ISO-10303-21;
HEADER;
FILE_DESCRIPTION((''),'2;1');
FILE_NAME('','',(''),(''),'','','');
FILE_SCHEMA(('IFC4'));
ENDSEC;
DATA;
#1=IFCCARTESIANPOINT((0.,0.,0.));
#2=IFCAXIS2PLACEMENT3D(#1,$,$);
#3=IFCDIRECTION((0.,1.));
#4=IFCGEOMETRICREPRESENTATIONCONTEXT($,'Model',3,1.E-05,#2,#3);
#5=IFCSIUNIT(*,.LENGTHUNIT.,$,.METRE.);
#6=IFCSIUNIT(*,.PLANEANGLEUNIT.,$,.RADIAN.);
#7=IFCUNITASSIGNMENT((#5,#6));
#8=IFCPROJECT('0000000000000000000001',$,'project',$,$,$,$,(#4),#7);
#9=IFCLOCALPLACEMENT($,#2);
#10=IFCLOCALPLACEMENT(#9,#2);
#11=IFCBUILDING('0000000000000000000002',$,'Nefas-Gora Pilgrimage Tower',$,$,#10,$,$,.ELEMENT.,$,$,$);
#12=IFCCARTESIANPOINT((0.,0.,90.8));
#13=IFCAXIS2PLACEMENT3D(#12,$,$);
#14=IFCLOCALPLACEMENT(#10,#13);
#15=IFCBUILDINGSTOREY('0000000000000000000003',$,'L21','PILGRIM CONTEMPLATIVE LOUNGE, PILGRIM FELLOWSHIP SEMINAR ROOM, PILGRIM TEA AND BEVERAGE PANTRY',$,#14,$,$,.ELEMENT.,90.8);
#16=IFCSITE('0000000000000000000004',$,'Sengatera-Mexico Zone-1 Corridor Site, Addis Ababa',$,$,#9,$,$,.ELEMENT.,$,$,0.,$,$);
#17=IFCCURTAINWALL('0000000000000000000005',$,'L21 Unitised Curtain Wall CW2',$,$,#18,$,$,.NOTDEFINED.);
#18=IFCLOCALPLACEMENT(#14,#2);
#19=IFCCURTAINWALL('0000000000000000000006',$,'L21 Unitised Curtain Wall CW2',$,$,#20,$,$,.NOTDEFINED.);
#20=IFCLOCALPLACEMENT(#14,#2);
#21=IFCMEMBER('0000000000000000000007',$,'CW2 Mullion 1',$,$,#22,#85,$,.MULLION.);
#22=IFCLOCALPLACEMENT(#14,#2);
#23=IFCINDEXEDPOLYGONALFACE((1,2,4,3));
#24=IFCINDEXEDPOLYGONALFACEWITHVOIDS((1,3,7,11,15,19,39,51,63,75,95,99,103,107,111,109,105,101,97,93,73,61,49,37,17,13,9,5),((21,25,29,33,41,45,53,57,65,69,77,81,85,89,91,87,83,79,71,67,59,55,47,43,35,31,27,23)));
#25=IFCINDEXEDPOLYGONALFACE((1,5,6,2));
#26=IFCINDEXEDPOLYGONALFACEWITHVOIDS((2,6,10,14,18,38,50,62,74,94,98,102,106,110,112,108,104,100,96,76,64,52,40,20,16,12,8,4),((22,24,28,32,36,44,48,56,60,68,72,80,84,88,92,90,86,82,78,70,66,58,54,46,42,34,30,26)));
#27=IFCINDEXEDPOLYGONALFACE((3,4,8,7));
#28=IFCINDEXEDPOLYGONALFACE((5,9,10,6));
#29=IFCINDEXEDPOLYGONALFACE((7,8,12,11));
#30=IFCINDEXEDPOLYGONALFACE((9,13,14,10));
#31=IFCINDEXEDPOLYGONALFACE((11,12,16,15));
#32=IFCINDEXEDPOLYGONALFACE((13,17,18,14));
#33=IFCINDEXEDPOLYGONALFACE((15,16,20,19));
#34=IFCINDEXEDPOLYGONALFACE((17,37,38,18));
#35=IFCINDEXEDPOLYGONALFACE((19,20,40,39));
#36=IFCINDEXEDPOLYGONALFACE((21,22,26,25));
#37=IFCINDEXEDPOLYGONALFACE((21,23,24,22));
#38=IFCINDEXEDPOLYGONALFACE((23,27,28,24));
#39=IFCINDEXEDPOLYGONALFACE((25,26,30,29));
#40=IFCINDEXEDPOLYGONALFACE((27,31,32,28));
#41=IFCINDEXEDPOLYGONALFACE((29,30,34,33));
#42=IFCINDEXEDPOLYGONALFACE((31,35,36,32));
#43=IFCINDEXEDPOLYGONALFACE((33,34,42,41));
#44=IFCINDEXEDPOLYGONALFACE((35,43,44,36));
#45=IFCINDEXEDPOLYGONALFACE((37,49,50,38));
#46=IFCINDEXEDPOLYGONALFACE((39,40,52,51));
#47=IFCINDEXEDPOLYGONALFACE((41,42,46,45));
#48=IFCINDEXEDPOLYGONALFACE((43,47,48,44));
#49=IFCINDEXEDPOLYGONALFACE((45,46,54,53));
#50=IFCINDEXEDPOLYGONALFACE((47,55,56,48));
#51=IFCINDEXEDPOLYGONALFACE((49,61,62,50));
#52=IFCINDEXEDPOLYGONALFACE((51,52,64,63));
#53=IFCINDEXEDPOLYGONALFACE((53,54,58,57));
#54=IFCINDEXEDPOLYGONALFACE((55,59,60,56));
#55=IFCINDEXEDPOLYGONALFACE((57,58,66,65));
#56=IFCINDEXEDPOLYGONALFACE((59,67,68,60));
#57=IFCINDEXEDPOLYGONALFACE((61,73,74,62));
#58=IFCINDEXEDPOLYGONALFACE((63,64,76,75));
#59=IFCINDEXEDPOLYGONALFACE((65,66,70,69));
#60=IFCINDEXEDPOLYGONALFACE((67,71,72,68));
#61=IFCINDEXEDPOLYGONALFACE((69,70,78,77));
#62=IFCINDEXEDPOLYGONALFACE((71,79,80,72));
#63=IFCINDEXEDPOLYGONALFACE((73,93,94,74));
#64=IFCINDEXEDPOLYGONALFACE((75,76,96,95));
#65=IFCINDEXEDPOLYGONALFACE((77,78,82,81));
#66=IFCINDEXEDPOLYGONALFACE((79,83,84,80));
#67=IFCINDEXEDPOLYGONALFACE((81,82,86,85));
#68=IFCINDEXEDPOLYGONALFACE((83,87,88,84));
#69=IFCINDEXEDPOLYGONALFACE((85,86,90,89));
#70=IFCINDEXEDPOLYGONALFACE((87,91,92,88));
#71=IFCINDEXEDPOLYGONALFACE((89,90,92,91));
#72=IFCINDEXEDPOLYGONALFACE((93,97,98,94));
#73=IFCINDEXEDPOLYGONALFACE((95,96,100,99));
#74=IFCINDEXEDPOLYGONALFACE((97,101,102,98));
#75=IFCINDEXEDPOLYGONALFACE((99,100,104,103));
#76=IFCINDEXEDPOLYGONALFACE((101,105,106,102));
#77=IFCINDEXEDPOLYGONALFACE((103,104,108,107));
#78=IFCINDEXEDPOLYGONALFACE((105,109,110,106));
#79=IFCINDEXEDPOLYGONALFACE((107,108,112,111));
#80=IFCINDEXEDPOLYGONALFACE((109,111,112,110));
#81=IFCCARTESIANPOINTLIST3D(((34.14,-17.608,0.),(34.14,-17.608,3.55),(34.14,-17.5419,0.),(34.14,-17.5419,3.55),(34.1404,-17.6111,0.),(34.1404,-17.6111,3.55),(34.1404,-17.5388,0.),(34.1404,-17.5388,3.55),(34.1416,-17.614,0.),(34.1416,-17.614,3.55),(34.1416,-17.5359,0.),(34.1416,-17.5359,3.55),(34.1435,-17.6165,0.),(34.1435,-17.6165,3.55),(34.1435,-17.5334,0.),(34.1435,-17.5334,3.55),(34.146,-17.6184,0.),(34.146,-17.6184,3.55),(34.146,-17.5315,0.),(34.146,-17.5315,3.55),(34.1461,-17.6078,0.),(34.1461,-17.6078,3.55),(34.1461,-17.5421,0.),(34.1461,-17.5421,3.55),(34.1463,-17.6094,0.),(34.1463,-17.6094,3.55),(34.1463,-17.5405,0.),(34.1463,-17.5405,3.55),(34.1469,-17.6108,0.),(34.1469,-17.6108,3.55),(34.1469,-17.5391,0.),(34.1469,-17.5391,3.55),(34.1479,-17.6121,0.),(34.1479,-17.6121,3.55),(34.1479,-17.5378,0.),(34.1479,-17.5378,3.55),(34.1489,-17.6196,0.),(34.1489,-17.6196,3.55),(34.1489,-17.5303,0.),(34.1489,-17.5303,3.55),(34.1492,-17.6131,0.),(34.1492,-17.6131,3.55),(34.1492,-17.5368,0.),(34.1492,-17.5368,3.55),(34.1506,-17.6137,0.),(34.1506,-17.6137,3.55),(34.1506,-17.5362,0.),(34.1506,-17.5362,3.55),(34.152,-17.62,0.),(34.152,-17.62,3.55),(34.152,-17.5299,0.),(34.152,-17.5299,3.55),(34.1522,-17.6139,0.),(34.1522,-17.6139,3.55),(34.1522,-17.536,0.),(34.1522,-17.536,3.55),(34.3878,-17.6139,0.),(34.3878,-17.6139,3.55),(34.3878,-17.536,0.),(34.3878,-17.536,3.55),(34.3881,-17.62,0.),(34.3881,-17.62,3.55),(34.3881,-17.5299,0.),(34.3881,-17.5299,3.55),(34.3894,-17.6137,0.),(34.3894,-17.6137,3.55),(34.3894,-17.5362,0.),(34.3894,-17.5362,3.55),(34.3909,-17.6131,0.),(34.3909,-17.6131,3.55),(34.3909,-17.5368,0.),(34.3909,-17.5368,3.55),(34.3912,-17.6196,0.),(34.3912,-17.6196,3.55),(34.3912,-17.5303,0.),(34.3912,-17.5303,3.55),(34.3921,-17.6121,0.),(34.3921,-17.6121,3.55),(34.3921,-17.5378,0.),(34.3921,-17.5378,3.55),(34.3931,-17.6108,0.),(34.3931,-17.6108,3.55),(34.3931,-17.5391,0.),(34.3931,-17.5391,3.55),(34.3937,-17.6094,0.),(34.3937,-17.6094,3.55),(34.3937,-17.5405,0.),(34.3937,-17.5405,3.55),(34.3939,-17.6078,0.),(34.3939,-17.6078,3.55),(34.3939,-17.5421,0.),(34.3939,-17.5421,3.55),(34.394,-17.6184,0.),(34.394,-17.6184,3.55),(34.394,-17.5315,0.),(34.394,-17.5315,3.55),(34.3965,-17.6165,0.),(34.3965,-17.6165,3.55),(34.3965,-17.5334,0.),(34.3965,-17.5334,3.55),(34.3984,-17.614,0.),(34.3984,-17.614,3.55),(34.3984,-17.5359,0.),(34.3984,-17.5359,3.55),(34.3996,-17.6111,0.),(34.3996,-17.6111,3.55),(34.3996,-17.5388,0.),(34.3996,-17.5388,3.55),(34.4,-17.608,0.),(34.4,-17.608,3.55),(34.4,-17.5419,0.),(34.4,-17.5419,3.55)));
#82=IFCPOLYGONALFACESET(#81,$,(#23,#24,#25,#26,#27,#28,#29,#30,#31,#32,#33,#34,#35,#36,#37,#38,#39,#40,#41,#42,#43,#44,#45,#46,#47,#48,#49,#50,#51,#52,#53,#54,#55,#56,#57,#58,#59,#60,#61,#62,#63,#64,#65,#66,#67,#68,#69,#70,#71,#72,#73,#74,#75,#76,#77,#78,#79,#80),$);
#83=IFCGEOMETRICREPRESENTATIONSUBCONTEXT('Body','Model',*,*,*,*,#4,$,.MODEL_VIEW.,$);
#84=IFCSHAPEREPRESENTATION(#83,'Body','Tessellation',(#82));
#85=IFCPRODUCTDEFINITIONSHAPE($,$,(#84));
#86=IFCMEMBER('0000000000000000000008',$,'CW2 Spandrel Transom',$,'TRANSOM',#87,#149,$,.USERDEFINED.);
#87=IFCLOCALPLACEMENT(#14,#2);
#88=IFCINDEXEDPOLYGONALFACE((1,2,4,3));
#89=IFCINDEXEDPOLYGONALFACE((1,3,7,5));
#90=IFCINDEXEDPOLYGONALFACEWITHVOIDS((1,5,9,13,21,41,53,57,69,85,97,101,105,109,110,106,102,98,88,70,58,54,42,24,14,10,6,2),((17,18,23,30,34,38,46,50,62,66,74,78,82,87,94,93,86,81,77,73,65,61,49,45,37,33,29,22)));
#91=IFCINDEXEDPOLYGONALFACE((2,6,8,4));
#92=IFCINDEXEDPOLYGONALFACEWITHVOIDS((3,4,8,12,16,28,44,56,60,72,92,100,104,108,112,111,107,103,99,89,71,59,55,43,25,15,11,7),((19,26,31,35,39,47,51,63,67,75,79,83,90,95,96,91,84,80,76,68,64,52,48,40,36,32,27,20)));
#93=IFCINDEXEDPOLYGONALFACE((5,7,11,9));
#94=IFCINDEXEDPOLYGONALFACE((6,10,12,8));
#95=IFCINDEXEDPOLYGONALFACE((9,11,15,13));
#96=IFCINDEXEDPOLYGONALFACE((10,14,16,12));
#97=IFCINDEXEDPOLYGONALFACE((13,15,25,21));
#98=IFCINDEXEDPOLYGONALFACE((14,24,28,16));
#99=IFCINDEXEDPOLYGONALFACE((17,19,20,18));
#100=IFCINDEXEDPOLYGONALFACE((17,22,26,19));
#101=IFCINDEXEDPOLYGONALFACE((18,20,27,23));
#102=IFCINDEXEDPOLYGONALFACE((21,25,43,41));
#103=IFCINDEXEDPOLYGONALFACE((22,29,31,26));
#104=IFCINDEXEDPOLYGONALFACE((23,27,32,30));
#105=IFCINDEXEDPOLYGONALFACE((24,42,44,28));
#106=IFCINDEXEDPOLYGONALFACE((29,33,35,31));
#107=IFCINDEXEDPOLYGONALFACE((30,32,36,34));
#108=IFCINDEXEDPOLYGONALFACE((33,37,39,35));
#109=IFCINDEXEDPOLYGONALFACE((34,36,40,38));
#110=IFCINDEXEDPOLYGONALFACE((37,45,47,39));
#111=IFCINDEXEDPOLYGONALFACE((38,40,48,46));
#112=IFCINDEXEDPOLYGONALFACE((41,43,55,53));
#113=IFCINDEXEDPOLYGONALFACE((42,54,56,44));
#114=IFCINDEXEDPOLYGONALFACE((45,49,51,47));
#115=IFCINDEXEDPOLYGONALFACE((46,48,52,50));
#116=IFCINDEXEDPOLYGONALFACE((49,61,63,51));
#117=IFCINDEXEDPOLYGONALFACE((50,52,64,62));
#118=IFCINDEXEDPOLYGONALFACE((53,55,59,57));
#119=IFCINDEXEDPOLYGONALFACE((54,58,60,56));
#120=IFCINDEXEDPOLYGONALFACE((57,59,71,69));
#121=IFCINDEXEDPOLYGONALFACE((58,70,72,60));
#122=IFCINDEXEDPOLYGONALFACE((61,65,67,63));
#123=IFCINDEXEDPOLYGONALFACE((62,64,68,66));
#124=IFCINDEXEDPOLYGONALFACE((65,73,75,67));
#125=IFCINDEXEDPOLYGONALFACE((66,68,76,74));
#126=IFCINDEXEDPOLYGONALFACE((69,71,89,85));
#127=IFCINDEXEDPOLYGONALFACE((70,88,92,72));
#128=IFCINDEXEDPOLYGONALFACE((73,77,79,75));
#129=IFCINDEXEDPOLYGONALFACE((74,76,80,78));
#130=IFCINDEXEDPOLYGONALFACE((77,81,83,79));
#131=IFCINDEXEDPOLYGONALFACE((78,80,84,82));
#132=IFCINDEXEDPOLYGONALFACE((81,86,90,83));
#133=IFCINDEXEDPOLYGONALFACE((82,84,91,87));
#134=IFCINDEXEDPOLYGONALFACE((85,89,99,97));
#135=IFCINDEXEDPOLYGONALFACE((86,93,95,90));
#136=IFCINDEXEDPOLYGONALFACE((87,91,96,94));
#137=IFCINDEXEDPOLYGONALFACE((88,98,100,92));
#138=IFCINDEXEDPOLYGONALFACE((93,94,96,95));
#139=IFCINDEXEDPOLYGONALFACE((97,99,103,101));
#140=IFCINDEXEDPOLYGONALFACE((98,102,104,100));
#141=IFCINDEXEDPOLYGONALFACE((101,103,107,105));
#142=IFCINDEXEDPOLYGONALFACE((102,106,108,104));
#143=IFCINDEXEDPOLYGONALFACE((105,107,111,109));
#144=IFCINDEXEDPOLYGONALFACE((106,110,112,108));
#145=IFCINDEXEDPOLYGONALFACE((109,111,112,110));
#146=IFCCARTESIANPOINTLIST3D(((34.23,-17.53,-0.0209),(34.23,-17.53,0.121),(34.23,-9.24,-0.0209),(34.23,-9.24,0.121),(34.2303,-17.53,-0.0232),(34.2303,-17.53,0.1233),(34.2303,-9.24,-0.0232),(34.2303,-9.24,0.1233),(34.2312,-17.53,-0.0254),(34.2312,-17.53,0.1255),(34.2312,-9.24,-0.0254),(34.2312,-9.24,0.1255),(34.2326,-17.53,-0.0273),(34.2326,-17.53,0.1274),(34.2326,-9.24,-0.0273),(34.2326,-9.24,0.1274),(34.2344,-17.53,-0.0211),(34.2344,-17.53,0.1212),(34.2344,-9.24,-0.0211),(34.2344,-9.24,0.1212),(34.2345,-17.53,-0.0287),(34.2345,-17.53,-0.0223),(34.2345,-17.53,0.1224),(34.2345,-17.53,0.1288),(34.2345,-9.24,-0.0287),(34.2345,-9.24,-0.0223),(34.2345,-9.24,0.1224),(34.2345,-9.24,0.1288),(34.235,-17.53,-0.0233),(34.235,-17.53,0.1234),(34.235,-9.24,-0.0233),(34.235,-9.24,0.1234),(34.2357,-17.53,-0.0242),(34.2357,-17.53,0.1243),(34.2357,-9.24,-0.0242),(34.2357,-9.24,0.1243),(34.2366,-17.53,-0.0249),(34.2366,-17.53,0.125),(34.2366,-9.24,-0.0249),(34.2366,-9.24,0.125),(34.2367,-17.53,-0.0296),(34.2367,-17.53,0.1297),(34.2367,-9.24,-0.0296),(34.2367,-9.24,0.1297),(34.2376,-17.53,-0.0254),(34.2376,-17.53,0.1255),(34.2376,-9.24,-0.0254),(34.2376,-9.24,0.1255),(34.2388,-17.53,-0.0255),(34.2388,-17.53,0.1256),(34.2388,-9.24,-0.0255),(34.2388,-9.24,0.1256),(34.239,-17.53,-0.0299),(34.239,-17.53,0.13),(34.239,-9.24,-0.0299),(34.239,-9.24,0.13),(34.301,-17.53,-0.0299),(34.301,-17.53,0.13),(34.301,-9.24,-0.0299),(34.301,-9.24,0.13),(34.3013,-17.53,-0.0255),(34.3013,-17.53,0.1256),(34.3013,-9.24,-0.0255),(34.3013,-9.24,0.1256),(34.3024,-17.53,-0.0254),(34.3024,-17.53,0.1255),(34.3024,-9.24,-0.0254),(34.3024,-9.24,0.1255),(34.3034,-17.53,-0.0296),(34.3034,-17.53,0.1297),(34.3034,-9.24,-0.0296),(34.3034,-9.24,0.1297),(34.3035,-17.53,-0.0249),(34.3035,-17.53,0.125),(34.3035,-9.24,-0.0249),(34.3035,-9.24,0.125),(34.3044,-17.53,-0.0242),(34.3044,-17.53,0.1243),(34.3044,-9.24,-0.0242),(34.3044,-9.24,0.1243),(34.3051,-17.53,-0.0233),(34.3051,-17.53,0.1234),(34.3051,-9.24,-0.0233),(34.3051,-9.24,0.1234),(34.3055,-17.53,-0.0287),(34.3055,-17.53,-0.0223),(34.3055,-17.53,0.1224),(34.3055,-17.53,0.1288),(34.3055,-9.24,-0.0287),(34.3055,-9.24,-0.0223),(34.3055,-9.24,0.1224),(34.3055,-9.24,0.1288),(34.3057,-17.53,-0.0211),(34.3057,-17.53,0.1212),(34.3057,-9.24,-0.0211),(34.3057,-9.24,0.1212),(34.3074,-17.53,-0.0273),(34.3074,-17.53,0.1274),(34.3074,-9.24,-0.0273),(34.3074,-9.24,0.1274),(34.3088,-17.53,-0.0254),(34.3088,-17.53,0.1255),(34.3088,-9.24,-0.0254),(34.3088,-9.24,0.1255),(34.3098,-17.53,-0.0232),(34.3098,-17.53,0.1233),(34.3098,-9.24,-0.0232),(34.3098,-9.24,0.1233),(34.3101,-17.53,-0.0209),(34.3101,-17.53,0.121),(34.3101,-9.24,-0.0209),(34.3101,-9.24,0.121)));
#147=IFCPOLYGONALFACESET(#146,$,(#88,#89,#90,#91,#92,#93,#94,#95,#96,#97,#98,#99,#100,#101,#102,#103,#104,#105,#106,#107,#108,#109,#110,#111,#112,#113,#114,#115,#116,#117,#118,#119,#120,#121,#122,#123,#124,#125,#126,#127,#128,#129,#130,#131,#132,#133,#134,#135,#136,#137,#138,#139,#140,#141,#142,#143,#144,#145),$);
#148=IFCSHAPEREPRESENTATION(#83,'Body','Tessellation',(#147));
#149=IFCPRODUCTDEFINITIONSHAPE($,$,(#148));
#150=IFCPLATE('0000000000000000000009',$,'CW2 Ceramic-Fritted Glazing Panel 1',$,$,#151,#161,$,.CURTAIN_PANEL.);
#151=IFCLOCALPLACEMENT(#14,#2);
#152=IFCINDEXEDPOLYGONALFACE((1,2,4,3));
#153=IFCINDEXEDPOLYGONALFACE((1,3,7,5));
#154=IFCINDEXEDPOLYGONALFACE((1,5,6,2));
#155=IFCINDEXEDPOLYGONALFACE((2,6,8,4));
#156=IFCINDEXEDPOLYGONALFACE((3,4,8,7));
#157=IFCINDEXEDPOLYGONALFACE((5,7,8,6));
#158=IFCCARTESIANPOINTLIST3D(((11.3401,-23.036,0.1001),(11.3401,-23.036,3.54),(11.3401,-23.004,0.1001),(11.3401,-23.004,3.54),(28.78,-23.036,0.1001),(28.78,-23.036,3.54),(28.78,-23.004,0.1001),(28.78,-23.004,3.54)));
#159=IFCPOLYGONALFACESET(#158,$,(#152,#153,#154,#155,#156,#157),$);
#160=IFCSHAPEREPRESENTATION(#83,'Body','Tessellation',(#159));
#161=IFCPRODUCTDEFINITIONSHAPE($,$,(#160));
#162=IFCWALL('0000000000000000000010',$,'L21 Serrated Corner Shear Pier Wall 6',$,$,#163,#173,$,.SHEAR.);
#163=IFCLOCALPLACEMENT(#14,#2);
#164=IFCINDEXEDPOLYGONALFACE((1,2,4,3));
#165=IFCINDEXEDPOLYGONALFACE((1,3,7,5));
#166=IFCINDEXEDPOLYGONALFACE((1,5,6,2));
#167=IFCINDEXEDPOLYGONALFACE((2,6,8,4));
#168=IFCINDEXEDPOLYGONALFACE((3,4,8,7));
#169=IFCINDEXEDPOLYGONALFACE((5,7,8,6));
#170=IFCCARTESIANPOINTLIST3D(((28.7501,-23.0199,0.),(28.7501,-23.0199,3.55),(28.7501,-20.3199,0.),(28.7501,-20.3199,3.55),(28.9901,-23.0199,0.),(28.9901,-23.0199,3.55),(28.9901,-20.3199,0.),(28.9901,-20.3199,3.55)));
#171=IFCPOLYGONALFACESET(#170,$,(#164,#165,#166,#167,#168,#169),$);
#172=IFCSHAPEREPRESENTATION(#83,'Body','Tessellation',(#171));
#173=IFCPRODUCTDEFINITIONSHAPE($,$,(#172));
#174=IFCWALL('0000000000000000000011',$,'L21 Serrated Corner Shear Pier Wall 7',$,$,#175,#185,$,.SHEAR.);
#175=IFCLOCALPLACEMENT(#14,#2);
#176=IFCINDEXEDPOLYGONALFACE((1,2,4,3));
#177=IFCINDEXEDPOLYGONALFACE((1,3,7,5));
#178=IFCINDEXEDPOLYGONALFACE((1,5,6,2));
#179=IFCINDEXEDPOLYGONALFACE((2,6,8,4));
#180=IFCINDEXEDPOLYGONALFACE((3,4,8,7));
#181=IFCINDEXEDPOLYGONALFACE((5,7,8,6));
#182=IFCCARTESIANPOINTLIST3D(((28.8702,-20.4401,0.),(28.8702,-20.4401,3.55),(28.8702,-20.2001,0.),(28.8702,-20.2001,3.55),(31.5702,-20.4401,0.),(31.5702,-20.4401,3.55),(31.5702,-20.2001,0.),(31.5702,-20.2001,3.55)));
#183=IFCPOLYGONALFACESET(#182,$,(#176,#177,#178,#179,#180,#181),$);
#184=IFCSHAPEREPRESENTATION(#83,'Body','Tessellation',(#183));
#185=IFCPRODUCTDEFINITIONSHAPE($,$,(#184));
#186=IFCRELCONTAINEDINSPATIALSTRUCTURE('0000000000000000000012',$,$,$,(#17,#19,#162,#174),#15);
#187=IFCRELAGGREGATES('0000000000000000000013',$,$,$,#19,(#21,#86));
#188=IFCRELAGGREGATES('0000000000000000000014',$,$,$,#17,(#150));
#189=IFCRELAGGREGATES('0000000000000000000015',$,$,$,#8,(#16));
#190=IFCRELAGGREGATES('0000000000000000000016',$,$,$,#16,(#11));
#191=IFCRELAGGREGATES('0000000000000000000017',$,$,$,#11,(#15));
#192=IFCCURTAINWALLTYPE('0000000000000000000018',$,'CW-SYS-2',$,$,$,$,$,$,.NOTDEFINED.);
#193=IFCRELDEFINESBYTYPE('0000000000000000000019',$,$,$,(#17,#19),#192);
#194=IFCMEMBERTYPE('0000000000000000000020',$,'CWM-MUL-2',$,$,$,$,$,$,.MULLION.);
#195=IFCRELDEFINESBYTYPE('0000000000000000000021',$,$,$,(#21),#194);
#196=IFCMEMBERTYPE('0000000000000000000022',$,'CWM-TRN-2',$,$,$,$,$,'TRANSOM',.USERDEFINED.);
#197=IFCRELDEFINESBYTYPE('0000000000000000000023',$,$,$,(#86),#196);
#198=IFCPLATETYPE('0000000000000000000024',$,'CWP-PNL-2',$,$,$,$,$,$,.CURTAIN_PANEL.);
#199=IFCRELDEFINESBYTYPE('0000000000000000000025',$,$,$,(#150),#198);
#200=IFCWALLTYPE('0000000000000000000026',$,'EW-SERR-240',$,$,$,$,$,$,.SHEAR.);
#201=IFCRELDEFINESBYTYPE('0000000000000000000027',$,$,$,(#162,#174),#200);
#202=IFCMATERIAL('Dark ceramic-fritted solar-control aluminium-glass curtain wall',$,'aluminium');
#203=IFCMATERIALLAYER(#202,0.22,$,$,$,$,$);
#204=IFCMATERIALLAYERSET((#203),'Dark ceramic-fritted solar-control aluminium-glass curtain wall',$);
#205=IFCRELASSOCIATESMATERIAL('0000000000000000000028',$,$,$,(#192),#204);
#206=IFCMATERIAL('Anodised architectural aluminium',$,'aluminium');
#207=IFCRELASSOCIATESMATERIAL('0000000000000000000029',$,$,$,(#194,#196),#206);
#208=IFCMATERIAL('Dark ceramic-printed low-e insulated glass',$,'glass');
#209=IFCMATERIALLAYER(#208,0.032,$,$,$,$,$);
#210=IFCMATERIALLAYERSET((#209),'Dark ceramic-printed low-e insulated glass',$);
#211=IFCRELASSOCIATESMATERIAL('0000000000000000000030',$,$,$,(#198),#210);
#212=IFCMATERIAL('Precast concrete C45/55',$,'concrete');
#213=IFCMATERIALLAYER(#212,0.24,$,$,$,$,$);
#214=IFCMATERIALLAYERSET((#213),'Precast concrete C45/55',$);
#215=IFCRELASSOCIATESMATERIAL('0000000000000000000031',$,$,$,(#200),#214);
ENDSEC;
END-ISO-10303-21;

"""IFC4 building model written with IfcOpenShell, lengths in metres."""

from ifc_helpers import new_model, si_unit, direction, frame, frame_2d, origin, origin_2d, place, context, subcontext, project, spatial, rectangle, hollow_rectangle, extrude, source, transform, mapped, material, layer, layer_set, material_profile, profile_set, type_object, element, aggregate, save


model = new_model("IFC4")

# Units and contexts
model_context = context("Model", 3, precision=1e-05, world=origin(), true_north=direction((0.0, 1.0)))
body_context = subcontext(model_context, "Body", "Model", "MODEL_VIEW")
ifc_project = project(units=[si_unit("LENGTHUNIT", "METRE"), si_unit("PLANEANGLEUNIT", "RADIAN")], contexts=[model_context])

# Site, building, storey
site_placement = place(None, origin())
site = spatial("IfcSite", under=ifc_project, at=site_placement, Name="Sengatera-Mexico Zone-1 Corridor Site, Addis Ababa", CompositionType="ELEMENT", RefElevation=0.0)
building_placement = place(site_placement, origin())
building = spatial("IfcBuilding", under=site, at=building_placement, Name="Nefas-Gora Pilgrimage Tower", CompositionType="ELEMENT")
storey_placement = place(building_placement, frame((0.0, 0.0, 90.8)))
storey = spatial("IfcBuildingStorey", under=building, at=storey_placement, Name="L21", Description="PILGRIM CONTEMPLATIVE LOUNGE, PILGRIM FELLOWSHIP SEMINAR ROOM, PILGRIM TEA AND BEVERAGE PANTRY", CompositionType="ELEMENT", Elevation=90.8)

# Curtain wall
ifc_material_1 = material(Name="Dark ceramic-fritted solar-control aluminium-glass curtain wall", Category="aluminium")
ifc_layer_1 = layer(ifc_material_1, 0.22)
ifc_layer_set_1 = layer_set([ifc_layer_1], Name="Dark ceramic-fritted solar-control aluminium-glass curtain wall")
curtain_wall_type = type_object("IfcCurtainWallType", Name="CW-SYS-2", PredefinedType="NOTDEFINED", material=ifc_layer_set_1)
curtain_wall_1_placement = place(storey_placement, origin())
curtain_wall_1 = element("IfcCurtainWall", 1, at=curtain_wall_1_placement, inside=storey, type_object=curtain_wall_type, Name="L21 Unitised Curtain Wall CW2", PredefinedType="NOTDEFINED")
ifc_material_2 = material(Name="Anodised architectural aluminium", Category="aluminium")
ifc_material_profile_1 = material_profile(ifc_material_2, hollow_rectangle(XDim=0.0901, YDim=0.26, WallThickness=0.0061, InnerFilletRadius=0.0061, OuterFilletRadius=0.012, at=origin_2d()), Name="ALU MULLION 90x260")
ifc_profile_set_1 = profile_set([ifc_material_profile_1], Name="Anodised architectural aluminium")
member_type_1 = type_object("IfcMemberType", Name="CWM-MUL-2", PredefinedType="MULLION", material=ifc_profile_set_1)
shared_shape_1 = source(origin(), body_context, "Body", "SweptSolid", [
    extrude(hollow_rectangle(XDim=0.0901, YDim=0.26, WallThickness=0.0061, InnerFilletRadius=0.0061, OuterFilletRadius=0.012, at=origin_2d()), origin(), (0.0, 0.0, 1.0), 3.55),
])

# Curtain wall, members
curtain_wall_2_placement = place(storey_placement, origin())
curtain_wall_2 = element("IfcCurtainWall", 2, at=curtain_wall_2_placement, inside=storey, type_object=curtain_wall_type, Name="L21 Unitised Curtain Wall CW2", PredefinedType="NOTDEFINED")
member_1_placement = place(storey_placement, frame((34.27, -17.575, 0.0), z_axis=(0.0, 0.0, 1.0), x_axis=(0.0, 1.0, 0.0)))
member_1 = element("IfcMember", 3, at=member_1_placement, type_object=member_type_1, Name="CW2 Mullion 1", PredefinedType="MULLION", context=body_context, shape_type="MappedRepresentation", body=[
    mapped(shared_shape_1, transform((0.0, 0.0, 0.0), x_axis=(1.0, 0.0, 0.0), y_axis=(0.0, 1.0, 0.0), z_axis=(0.0, 0.0, 1.0), scale=1.0)),
])
ifc_material_profile_2 = material_profile(ifc_material_2, hollow_rectangle(XDim=0.0801, YDim=0.1599, WallThickness=0.0044, InnerFilletRadius=0.0044, OuterFilletRadius=0.009, at=origin_2d()), Name="ALU TRANSOM 80x160")
ifc_profile_set_2 = profile_set([ifc_material_profile_2], Name="Anodised architectural aluminium")
member_type_2 = type_object("IfcMemberType", Name="CWM-TRN-2", ElementType="TRANSOM", PredefinedType="USERDEFINED", material=ifc_profile_set_2)
shared_shape_2 = source(origin(), body_context, "Body", "SweptSolid", [
    extrude(hollow_rectangle(XDim=0.0801, YDim=0.1599, WallThickness=0.0044, InnerFilletRadius=0.0044, OuterFilletRadius=0.009, at=origin_2d()), origin(), (0.0, 0.0, 1.0), 8.29),
])
member_2_placement = place(storey_placement, frame((34.27, -17.53, 0.05), z_axis=(0.0, 1.0, 0.0), x_axis=(-1.0, 0.0, 0.0)))
member_2 = element("IfcMember", 4, at=member_2_placement, type_object=member_type_2, Name="CW2 Spandrel Transom", ObjectType="TRANSOM", PredefinedType="USERDEFINED", context=body_context, shape_type="MappedRepresentation", body=[
    mapped(shared_shape_2, transform((0.0, 0.0, 0.0), x_axis=(1.0, 0.0, 0.0), y_axis=(0.0, 1.0, 0.0), z_axis=(0.0, 0.0, 1.0), scale=1.0)),
])
aggregate(curtain_wall_2, [member_1, member_2])

# Plate
ifc_material_3 = material(Name="Dark ceramic-printed low-e insulated glass", Category="glass")
ifc_layer_2 = layer(ifc_material_3, 0.032)
ifc_layer_set_2 = layer_set([ifc_layer_2], Name="Dark ceramic-printed low-e insulated glass")
plate_type = type_object("IfcPlateType", Name="CWP-PNL-2", PredefinedType="CURTAIN_PANEL", material=ifc_layer_set_2)
shared_shape_3 = source(origin(), body_context, "Body", "SweptSolid", [
    extrude(rectangle(XDim=17.4399, YDim=0.032, at=origin_2d()), origin(), (0.0, 0.0, 1.0), 3.4399),
])
plate_placement = place(storey_placement, frame((20.0601, -23.02, 0.1001), z_axis=(0.0, 0.0, 1.0), x_axis=(1.0, 0.0, 0.0)))
plate = element("IfcPlate", 5, at=plate_placement, type_object=plate_type, Name="CW2 Ceramic-Fritted Glazing Panel 1", PredefinedType="CURTAIN_PANEL", context=body_context, shape_type="MappedRepresentation", body=[
    mapped(shared_shape_3, transform((0.0, 0.0, 0.0), x_axis=(1.0, 0.0, 0.0), y_axis=(0.0, 1.0, 0.0), z_axis=(0.0, 0.0, 1.0), scale=1.0)),
])
aggregate(curtain_wall_1, [plate])

# Walls
ifc_material_4 = material(Name="Precast concrete C45/55", Category="concrete")
ifc_layer_3 = layer(ifc_material_4, 0.24)
ifc_layer_set_3 = layer_set([ifc_layer_3], Name="Precast concrete C45/55")
wall_type = type_object("IfcWallType", Name="EW-SERR-240", PredefinedType="SHEAR", material=ifc_layer_set_3)
shared_shape_4 = source(origin(), body_context, "Body", "SweptSolid", [
    extrude(rectangle(XDim=2.7, YDim=0.24, at=frame_2d((1.3501, 0.0))), origin(), (0.0, 0.0, 1.0), 3.55),
])
for number, where, z_axis, x_axis, name in (
    (6, (28.8701, -23.02, 0.0), (0.0, 0.0, 1.0), (0.0, 1.0, 0.0), "L21 Serrated Corner Shear Pier Wall 6"),
    (7, (28.8701, -20.3201, 0.0), (0.0, 0.0, 1.0), (1.0, 0.0, 0.0), "L21 Serrated Corner Shear Pier Wall 7"),
):
    element("IfcWall", number, at=place(storey_placement, frame(where, z_axis=z_axis, x_axis=x_axis)), inside=storey, type_object=wall_type, Name=name, PredefinedType="SHEAR", context=body_context, shape_type="MappedRepresentation", body=[
        mapped(shared_shape_4, transform((0.0, 0.0, 0.0), x_axis=(1.0, 0.0, 0.0), y_axis=(0.0, 1.0, 0.0), z_axis=(0.0, 0.0, 1.0), scale=1.0)),
    ])

save(model, "model.ifc")
